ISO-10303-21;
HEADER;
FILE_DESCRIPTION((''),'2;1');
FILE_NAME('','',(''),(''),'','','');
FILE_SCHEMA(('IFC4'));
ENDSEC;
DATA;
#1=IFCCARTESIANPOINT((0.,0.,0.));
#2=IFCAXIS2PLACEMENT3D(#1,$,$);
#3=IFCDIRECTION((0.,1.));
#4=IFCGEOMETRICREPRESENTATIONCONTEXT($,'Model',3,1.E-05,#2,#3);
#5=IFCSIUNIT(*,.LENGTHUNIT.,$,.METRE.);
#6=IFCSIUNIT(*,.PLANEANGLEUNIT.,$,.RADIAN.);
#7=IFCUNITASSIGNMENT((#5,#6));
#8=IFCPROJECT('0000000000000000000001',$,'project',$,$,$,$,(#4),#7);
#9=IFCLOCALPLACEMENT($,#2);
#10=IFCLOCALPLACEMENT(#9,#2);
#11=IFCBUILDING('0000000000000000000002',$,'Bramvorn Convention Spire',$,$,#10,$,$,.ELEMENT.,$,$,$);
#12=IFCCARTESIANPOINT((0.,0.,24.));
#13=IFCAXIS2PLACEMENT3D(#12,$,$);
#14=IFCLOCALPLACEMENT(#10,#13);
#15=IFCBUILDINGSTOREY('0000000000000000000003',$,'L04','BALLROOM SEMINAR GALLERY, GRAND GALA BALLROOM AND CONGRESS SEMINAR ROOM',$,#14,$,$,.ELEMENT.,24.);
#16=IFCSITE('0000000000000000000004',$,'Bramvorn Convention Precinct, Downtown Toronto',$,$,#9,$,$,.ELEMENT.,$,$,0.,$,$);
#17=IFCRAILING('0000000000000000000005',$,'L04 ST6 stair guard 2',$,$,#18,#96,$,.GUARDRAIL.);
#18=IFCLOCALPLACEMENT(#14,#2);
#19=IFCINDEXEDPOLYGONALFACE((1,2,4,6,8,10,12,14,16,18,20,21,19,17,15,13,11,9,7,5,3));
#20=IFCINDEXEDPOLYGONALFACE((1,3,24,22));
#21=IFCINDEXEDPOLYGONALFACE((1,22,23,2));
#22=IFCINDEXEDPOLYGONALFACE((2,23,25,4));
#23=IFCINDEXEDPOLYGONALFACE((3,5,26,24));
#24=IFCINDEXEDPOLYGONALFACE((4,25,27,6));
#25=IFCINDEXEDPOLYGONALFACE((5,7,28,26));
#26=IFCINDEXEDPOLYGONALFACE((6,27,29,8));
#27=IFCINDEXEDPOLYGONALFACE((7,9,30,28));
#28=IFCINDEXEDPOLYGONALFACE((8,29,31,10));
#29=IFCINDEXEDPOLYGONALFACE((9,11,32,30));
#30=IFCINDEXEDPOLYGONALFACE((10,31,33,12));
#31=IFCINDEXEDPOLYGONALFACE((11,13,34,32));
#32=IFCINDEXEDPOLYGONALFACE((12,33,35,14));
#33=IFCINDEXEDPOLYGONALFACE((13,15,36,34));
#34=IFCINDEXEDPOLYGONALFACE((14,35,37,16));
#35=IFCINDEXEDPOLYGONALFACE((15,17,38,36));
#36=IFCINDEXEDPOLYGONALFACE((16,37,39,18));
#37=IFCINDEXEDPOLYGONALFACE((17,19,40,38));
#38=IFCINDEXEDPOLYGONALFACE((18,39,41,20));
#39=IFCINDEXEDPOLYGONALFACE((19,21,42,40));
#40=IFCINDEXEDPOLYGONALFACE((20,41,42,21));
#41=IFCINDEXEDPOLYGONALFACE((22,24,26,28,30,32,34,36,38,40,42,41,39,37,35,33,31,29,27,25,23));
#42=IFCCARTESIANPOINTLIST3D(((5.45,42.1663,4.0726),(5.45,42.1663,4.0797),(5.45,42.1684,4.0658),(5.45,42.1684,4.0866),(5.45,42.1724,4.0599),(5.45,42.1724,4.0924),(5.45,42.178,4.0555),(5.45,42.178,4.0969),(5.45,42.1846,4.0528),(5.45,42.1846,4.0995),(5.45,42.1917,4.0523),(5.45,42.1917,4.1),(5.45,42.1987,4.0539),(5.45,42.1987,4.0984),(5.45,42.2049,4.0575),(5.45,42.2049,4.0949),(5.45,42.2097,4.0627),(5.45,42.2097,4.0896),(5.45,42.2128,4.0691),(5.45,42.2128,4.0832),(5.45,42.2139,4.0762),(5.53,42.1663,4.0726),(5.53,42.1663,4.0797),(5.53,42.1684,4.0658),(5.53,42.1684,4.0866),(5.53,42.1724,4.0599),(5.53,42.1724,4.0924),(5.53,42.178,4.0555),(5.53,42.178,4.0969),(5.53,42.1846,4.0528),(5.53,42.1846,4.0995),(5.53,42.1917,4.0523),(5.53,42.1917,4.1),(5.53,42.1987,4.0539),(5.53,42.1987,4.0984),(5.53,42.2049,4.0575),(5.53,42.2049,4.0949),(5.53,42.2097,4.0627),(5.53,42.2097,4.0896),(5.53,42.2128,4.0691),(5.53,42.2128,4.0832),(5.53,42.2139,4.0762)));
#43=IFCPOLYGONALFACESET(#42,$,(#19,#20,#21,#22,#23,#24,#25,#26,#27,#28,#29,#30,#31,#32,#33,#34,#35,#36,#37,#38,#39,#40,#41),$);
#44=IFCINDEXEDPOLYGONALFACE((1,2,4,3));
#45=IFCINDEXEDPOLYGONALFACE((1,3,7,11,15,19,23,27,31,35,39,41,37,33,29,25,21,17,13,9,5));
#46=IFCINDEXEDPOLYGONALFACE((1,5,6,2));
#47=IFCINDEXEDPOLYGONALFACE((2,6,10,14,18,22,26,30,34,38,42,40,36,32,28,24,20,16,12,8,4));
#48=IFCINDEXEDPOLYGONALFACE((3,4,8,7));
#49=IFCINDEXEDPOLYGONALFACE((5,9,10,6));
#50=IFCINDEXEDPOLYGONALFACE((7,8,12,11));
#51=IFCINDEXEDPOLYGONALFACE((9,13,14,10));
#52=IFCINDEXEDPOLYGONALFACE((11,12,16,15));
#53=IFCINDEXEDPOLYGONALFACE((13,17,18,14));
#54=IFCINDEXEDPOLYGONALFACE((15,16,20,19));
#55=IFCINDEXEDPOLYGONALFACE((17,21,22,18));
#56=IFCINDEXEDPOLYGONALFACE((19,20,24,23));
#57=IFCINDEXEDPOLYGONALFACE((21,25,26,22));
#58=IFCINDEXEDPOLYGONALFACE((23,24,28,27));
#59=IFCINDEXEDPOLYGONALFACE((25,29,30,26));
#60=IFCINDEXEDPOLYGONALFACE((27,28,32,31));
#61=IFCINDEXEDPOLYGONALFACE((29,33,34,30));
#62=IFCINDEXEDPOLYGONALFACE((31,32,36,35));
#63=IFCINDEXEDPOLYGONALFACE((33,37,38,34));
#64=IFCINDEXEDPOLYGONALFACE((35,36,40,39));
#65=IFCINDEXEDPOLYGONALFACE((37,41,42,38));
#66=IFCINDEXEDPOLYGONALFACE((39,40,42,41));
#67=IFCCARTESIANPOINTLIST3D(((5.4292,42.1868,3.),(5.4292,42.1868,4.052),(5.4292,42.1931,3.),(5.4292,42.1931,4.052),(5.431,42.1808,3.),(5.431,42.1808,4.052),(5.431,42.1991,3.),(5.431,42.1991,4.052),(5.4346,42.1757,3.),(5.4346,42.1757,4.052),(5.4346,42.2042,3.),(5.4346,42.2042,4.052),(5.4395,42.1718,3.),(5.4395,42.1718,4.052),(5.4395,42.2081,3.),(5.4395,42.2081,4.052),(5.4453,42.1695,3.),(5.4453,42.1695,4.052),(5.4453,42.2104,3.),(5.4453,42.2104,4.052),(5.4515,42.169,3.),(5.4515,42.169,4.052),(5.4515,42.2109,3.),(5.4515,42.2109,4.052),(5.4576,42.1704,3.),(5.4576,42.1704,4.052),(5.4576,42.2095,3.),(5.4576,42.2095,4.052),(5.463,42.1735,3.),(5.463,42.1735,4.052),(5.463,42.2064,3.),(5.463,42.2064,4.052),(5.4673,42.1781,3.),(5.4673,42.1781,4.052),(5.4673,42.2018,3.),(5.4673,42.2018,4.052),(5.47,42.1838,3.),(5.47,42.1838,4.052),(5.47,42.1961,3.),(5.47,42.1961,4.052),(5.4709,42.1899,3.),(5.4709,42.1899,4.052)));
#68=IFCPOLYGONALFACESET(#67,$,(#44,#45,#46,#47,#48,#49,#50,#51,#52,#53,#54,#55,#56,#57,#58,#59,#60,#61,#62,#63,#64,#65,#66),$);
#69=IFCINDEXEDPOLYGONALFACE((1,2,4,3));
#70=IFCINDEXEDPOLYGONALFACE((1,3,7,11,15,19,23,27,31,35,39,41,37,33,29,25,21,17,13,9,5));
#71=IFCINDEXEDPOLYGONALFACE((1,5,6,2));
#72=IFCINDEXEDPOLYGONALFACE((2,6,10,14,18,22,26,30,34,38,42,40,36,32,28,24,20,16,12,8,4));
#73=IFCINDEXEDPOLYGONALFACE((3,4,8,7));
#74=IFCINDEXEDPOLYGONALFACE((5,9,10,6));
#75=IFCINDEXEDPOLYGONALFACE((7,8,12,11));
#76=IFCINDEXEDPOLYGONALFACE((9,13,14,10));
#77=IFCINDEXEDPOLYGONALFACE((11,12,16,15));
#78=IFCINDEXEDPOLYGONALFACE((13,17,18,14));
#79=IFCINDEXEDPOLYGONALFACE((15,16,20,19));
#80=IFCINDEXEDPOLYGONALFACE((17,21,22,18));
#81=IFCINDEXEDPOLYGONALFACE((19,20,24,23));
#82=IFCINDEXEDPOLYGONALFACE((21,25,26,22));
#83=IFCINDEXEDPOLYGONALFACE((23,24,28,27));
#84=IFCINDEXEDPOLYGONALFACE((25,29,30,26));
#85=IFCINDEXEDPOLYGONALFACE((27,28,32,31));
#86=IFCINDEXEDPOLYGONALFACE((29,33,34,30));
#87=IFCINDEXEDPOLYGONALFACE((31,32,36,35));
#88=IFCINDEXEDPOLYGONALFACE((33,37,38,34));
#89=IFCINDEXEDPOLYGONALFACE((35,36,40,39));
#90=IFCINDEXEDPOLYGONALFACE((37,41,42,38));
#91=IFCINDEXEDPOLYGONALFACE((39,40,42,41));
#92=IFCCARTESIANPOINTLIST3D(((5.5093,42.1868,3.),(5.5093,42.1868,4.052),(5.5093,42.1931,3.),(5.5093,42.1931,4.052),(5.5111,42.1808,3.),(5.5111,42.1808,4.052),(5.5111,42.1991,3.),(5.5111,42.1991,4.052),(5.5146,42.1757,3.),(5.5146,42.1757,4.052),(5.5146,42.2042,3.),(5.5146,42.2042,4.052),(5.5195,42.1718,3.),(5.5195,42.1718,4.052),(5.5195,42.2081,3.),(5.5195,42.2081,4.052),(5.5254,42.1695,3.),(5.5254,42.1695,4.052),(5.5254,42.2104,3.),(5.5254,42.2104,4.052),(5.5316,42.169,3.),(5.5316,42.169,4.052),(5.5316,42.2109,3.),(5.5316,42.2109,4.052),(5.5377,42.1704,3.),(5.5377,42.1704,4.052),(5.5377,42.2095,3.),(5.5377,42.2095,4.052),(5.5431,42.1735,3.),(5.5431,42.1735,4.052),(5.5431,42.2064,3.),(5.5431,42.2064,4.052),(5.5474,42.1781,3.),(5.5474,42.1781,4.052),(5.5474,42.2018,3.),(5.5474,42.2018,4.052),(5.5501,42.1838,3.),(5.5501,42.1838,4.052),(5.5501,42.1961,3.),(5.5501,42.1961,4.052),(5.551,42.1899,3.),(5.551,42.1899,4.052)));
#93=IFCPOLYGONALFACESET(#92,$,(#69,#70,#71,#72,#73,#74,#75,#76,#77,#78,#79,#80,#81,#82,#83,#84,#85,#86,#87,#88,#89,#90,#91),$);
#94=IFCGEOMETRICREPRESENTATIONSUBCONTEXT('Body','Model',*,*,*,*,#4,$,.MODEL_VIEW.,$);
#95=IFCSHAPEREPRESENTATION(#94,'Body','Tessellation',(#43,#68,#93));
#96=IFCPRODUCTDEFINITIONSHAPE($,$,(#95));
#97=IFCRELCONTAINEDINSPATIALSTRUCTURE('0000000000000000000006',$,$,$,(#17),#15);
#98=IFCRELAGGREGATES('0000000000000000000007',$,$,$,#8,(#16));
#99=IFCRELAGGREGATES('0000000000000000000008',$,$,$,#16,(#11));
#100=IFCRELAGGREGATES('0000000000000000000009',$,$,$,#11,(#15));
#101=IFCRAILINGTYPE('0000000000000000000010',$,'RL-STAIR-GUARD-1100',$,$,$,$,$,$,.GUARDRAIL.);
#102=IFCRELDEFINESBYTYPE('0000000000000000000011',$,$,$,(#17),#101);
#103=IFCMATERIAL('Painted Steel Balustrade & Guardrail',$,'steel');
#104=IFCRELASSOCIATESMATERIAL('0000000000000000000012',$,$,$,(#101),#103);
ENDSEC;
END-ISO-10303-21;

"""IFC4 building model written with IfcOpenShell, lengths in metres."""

from ifc_helpers import new_model, si_unit, direction, frame, origin, origin_2d, place, context, subcontext, project, spatial, circle, extrude, material, type_object, element, save


model = new_model("IFC4")

# Units and contexts
model_context = context("Model", 3, precision=1e-05, world=origin(), true_north=direction((0.0, 1.0)))
body_context = subcontext(model_context, "Body", "Model", "MODEL_VIEW")
ifc_project = project(units=[si_unit("LENGTHUNIT", "METRE"), si_unit("PLANEANGLEUNIT", "RADIAN")], contexts=[model_context])

# Site, building, storey
site_placement = place(None, origin())
site = spatial("IfcSite", under=ifc_project, at=site_placement, Name="Bramvorn Convention Precinct, Downtown Toronto", CompositionType="ELEMENT", RefElevation=0.0)
building_placement = place(site_placement, origin())
building = spatial("IfcBuilding", under=site, at=building_placement, Name="Bramvorn Convention Spire", CompositionType="ELEMENT")
storey_placement = place(building_placement, frame((0.0, 0.0, 24.0)))
storey = spatial("IfcBuildingStorey", under=building, at=storey_placement, Name="L04", Description="BALLROOM SEMINAR GALLERY, GRAND GALA BALLROOM AND CONGRESS SEMINAR ROOM", CompositionType="ELEMENT", Elevation=24.0)

# Railing
ifc_material_1 = material(Name="Painted Steel Balustrade & Guardrail", Category="steel")
railing_type_1 = type_object("IfcRailingType", Name="RL-STAIR-GUARD-1100", PredefinedType="GUARDRAIL", material=ifc_material_1)
railing_1_placement = place(storey_placement, frame((5.45, 42.1899, 3.0)))
element("IfcRailing", 1, at=railing_1_placement, inside=storey, type_object=railing_type_1, Name="L04 ST6 stair guard 2", PredefinedType="GUARDRAIL", context=body_context, shape_type="SweptSolid", body=[
    extrude(circle(Radius=0.0239, at=origin_2d()), frame((0.0, 0.0, 1.0762), z_axis=(1.0, 0.0, 0.0), x_axis=(0.0, 1.0, 0.0)), (0.0, 0.0, 1.0), 0.0801),
    extrude(circle(Radius=0.021, at=origin_2d()), origin(), (0.0, 0.0, 1.0), 1.052),
    extrude(circle(Radius=0.021, at=origin_2d()), frame((0.0801, 0.0, 0.0)), (0.0, 0.0, 1.0), 1.052),
])

save(model, "model.ifc")
